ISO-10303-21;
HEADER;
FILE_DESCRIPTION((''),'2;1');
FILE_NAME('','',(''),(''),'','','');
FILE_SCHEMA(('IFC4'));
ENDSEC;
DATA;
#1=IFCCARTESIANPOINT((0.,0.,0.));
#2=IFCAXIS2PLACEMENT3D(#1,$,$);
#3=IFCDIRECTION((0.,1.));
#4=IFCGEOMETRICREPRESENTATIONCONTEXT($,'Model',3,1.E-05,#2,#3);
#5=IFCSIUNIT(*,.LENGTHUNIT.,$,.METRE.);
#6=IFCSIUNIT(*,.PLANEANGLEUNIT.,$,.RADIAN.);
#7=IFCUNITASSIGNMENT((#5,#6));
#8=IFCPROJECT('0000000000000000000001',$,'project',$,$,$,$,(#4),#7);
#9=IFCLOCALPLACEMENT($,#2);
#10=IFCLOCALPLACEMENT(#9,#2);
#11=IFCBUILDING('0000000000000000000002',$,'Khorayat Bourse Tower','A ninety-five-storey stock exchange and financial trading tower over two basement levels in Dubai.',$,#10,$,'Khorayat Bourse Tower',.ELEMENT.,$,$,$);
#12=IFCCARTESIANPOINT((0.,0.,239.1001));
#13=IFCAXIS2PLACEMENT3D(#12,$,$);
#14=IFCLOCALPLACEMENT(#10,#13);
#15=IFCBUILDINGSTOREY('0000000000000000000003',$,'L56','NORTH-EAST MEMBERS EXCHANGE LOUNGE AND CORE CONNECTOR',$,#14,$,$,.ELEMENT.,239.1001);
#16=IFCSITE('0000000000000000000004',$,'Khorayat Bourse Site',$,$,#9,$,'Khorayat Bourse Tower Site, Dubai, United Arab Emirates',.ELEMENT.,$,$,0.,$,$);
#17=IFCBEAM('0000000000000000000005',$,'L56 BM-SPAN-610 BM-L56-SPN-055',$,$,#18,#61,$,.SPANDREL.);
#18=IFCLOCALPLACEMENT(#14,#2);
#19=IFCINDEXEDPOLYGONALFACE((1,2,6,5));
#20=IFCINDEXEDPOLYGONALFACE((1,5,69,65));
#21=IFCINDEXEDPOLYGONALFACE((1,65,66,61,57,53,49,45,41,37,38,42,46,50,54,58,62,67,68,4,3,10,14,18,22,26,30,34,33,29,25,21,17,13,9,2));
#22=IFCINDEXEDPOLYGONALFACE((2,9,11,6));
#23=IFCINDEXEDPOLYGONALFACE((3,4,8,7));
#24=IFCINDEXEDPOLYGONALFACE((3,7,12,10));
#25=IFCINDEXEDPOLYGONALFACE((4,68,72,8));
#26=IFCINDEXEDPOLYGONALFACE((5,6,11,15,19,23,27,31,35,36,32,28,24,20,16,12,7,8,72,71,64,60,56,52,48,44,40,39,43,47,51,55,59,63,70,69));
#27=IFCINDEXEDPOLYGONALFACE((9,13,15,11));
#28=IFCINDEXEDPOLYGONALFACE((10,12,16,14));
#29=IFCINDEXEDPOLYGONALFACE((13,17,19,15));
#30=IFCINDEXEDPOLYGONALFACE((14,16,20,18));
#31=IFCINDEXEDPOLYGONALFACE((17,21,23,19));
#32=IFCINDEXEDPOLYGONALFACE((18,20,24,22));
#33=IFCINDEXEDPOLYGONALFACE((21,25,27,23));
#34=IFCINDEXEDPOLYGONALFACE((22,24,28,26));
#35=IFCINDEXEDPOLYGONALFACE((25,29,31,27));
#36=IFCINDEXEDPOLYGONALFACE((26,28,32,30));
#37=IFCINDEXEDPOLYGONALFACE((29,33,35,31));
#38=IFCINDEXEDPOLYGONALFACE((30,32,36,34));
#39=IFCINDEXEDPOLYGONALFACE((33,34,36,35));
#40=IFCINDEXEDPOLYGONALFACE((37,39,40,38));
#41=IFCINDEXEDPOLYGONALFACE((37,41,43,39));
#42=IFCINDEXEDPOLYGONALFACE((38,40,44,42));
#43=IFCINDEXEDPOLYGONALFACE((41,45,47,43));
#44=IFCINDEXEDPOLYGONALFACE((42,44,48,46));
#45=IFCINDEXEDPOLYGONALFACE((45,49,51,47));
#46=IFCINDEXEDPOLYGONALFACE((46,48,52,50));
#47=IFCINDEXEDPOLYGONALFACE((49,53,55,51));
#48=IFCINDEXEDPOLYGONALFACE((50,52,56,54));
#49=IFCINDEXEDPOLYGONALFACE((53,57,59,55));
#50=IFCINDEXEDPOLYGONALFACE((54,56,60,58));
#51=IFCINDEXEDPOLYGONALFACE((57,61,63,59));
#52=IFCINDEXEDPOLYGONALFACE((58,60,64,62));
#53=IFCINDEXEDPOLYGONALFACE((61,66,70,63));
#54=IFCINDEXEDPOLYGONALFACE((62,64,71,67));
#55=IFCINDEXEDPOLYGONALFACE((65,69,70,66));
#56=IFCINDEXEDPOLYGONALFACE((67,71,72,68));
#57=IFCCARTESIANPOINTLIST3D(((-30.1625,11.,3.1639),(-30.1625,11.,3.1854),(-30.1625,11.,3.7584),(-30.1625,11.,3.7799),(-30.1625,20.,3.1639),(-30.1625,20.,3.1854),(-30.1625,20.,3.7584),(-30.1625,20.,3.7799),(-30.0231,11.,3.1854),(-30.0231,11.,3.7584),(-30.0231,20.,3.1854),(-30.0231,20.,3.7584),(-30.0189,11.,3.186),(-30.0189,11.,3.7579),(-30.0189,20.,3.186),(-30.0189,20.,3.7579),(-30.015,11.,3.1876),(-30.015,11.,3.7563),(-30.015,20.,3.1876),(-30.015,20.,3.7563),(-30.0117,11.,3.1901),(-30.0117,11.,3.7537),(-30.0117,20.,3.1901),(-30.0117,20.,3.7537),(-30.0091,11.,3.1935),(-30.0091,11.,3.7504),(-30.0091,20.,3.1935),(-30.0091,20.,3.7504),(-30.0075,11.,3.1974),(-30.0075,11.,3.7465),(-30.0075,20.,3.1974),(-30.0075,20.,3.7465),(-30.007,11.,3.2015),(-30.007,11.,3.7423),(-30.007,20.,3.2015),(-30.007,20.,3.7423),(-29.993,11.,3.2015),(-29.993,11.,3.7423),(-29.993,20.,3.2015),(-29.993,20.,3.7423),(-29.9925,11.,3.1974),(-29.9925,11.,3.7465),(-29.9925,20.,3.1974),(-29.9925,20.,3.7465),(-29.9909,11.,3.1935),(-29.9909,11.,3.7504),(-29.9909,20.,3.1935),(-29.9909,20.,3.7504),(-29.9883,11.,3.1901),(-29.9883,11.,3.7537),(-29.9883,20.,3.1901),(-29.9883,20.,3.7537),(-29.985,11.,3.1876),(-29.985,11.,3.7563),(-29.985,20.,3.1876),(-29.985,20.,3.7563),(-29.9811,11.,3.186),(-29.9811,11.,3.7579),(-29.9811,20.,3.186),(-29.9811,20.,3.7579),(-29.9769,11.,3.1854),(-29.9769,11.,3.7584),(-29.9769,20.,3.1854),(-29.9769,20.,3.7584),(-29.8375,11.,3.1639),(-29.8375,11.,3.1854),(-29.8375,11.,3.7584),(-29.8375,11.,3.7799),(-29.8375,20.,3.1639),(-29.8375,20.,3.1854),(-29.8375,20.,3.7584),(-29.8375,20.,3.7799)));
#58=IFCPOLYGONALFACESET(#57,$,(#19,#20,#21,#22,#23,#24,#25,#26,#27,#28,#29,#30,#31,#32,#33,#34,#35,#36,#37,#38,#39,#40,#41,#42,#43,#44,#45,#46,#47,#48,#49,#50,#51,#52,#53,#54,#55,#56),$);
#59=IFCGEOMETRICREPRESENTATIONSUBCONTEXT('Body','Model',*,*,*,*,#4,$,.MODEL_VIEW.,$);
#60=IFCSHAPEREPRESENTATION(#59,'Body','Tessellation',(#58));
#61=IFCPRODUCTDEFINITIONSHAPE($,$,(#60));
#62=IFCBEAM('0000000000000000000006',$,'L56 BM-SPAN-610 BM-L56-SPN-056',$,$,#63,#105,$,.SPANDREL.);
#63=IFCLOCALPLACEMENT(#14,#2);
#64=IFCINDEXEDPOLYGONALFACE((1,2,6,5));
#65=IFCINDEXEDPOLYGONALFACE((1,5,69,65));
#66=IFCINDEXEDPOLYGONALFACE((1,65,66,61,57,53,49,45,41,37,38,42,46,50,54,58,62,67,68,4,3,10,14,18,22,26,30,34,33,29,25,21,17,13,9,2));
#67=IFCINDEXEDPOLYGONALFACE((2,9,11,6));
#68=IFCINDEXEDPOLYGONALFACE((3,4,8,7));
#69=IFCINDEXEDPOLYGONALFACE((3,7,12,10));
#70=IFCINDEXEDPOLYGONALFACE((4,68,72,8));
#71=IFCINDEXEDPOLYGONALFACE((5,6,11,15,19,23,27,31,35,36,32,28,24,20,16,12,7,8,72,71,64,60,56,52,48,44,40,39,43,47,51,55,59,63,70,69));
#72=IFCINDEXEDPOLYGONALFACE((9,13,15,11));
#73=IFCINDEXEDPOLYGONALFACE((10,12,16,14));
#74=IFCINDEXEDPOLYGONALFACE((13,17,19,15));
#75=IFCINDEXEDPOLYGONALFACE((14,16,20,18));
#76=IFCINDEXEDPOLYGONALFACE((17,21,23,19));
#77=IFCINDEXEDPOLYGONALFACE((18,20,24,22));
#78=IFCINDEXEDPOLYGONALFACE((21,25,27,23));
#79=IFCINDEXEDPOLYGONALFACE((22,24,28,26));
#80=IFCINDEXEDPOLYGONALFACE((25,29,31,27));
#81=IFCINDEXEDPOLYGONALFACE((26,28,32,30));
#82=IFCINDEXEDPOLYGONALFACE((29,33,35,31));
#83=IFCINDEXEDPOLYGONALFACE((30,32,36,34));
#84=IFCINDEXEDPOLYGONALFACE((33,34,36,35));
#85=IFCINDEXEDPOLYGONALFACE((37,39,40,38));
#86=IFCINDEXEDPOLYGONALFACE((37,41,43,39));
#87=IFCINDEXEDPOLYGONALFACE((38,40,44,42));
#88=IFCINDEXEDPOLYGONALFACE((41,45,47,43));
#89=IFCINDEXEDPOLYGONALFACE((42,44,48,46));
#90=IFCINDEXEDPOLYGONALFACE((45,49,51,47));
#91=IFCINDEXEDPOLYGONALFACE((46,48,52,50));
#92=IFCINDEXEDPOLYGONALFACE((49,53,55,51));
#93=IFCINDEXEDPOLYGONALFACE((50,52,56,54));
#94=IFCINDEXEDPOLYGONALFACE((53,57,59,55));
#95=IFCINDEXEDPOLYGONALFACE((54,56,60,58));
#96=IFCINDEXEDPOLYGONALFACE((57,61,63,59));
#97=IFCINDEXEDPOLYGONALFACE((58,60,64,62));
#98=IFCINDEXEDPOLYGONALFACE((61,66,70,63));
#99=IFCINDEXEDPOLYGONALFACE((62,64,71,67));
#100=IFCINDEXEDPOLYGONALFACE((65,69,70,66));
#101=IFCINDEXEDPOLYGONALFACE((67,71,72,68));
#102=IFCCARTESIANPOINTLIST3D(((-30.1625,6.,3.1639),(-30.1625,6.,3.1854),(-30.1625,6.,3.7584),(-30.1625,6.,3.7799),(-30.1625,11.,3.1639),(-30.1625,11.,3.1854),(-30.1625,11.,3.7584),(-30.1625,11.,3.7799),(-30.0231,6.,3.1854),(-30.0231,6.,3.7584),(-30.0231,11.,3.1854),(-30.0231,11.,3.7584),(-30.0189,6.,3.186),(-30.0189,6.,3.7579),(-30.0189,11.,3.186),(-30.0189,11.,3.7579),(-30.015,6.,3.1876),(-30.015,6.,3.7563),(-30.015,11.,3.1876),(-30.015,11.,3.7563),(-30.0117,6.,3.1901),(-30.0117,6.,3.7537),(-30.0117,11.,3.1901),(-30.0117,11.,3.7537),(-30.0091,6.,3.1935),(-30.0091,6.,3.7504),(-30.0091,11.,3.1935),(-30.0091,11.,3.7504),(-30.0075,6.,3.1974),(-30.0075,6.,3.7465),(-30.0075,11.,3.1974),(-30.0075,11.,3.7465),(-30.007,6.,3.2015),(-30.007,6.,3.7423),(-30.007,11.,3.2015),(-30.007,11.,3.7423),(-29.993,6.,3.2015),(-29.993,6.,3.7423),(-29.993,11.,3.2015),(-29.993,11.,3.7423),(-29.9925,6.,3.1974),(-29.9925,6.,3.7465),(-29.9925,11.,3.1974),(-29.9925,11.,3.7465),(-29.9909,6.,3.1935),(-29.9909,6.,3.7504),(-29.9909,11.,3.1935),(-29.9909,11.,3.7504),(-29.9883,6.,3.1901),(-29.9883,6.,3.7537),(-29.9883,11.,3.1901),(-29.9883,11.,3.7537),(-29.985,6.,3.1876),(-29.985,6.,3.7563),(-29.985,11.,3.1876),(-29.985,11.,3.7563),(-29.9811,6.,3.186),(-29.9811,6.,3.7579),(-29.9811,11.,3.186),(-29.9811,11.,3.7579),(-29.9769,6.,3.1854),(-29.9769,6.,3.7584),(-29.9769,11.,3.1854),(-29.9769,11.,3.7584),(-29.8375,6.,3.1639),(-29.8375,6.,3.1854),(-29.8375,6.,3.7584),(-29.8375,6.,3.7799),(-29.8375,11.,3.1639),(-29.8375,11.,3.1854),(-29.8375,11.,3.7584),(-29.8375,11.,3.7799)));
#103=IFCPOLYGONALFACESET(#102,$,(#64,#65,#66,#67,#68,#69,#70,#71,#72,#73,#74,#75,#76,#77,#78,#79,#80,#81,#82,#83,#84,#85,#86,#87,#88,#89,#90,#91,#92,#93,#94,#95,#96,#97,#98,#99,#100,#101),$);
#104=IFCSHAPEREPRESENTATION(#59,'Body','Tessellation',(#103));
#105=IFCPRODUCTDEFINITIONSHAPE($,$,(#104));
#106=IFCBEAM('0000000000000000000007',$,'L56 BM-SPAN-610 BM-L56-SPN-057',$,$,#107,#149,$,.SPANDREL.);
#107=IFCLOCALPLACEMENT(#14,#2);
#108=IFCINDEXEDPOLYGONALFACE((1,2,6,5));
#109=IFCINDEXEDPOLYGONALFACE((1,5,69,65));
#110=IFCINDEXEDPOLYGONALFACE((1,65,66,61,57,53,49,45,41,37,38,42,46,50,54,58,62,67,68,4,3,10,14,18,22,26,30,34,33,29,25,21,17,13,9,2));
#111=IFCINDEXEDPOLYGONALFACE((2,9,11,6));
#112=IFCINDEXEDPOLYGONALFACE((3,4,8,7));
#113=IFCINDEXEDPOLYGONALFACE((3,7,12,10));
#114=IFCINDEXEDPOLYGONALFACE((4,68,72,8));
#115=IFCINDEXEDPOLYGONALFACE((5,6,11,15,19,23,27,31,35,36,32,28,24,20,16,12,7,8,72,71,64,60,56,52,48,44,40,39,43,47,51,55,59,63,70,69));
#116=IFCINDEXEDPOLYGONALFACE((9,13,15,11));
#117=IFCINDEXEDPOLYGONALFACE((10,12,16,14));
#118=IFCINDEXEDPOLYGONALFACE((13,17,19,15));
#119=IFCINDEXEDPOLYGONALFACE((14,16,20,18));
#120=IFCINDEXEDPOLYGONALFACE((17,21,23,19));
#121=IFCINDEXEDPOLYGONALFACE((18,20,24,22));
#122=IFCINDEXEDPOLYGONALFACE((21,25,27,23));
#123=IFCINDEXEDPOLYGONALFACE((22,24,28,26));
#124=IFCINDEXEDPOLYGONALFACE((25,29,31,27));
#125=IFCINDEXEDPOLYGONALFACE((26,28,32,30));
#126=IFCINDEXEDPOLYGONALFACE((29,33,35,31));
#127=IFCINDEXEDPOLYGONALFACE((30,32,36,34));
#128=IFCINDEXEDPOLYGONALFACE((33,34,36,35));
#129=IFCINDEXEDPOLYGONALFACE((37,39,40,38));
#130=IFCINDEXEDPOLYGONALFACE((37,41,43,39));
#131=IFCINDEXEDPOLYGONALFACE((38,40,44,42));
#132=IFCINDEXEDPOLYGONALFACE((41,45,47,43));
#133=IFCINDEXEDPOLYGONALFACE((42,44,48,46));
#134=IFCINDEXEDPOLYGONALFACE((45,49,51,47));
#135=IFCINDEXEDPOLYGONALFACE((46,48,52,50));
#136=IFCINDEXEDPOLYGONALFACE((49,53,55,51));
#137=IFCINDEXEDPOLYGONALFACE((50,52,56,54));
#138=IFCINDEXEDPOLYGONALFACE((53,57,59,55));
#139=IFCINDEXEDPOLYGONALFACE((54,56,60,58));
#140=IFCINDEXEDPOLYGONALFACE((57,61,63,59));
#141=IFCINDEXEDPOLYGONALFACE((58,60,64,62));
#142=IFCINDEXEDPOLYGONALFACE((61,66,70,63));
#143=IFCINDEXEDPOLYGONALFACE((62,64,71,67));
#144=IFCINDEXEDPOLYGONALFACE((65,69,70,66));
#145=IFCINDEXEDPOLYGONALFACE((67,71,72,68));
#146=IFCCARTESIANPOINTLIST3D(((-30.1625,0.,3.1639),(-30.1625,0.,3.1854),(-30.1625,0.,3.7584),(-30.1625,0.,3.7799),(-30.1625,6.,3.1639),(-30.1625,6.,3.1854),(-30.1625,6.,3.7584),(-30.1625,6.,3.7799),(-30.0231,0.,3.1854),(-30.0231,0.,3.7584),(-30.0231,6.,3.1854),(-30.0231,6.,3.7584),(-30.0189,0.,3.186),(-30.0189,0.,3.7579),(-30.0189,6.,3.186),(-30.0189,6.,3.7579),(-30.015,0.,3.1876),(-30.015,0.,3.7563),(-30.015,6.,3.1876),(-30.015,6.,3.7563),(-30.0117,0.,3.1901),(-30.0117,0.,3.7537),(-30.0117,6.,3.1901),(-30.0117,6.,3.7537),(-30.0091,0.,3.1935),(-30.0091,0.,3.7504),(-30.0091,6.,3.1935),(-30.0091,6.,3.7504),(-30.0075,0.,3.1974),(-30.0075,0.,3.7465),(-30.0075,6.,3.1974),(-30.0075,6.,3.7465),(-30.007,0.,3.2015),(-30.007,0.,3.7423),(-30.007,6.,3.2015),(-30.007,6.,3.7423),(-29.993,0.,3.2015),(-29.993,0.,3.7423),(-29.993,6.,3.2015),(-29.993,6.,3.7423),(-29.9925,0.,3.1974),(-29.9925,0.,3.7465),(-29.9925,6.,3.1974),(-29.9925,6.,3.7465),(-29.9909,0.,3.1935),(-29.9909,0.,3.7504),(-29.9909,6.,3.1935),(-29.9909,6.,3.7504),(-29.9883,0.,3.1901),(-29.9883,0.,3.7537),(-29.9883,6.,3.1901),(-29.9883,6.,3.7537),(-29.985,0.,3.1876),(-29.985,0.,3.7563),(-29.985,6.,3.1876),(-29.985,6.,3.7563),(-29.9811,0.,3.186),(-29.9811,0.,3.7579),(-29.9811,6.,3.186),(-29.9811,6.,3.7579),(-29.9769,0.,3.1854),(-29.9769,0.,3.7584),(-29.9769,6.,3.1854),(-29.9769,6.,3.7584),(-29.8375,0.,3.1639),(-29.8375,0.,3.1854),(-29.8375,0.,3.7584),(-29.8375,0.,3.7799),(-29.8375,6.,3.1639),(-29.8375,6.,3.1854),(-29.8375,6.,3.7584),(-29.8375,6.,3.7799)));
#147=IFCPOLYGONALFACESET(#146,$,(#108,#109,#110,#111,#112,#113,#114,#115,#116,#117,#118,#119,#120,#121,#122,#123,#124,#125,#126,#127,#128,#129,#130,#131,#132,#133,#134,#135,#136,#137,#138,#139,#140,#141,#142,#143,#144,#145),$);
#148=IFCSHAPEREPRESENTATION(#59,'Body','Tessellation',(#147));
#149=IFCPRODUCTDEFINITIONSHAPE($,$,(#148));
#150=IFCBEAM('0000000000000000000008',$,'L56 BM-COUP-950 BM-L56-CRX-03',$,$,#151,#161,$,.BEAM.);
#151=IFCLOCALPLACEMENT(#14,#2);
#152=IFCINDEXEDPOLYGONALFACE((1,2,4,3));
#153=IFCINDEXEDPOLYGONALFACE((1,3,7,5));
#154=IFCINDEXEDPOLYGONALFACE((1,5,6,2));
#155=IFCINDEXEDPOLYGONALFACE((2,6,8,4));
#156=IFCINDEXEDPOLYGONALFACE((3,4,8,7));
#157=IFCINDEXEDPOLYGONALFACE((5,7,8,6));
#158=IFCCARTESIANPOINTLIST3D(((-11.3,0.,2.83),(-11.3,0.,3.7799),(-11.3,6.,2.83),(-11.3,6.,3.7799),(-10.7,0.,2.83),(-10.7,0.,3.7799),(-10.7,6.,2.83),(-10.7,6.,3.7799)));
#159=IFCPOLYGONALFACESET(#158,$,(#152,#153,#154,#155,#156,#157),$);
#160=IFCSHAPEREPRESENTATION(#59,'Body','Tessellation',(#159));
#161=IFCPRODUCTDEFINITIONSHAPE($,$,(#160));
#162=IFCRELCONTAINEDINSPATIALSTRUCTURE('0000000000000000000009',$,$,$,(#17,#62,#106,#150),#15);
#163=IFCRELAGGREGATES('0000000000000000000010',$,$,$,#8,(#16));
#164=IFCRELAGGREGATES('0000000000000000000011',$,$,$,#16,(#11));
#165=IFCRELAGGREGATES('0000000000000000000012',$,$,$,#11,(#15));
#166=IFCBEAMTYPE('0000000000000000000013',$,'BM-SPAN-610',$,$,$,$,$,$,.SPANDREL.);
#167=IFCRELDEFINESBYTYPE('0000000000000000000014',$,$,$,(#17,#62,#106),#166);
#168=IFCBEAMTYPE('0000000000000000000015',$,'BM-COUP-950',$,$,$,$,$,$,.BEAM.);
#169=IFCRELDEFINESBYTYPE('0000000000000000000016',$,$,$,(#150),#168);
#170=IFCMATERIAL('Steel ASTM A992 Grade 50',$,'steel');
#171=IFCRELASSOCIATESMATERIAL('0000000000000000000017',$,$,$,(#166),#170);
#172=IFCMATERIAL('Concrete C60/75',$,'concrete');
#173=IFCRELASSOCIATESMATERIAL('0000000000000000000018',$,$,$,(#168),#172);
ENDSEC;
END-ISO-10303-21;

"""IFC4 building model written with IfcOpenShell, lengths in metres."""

from ifc_helpers import new_model, si_unit, direction, frame, origin, origin_2d, place, context, subcontext, project, spatial, rectangle, i_section, extrude, source, transform, mapped, material, material_profile, profile_set, type_object, element, save


model = new_model("IFC4")

# Units and contexts
model_context = context("Model", 3, precision=1e-05, world=origin(), true_north=direction((0.0, 1.0)))
body_context = subcontext(model_context, "Body", "Model", "MODEL_VIEW")
ifc_project = project(units=[si_unit("LENGTHUNIT", "METRE"), si_unit("PLANEANGLEUNIT", "RADIAN")], contexts=[model_context])

# Site, building, storey
site_placement = place(None, origin())
site = spatial("IfcSite", under=ifc_project, at=site_placement, Name="Khorayat Bourse Site", LongName="Khorayat Bourse Tower Site, Dubai, United Arab Emirates", CompositionType="ELEMENT", RefElevation=0.0)
building_placement = place(site_placement, origin())
building = spatial("IfcBuilding", under=site, at=building_placement, Name="Khorayat Bourse Tower", Description="A ninety-five-storey stock exchange and financial trading tower over two basement levels in Dubai.", LongName="Khorayat Bourse Tower", CompositionType="ELEMENT")
storey_placement = place(building_placement, frame((0.0, 0.0, 239.1001)))
storey = spatial("IfcBuildingStorey", under=building, at=storey_placement, Name="L56", Description="NORTH-EAST MEMBERS EXCHANGE LOUNGE AND CORE CONNECTOR", CompositionType="ELEMENT", Elevation=239.1001)

# Shared definitions
ifc_material_1 = material(Name="Concrete C60/75", Category="concrete")

# Beams
ifc_material_2 = material(Name="Steel ASTM A992 Grade 50", Category="steel")
ifc_material_profile_1 = material_profile(ifc_material_2, i_section(OverallWidth=0.325, OverallDepth=0.616, WebThickness=0.0139, FlangeThickness=0.0215, FilletRadius=0.0161, at=origin_2d()), Name="W610X174")
ifc_profile_set_1 = profile_set([ifc_material_profile_1], Name="Steel ASTM A992 Grade 50")
beam_type_1 = type_object("IfcBeamType", Name="BM-SPAN-610", PredefinedType="SPANDREL", material=ifc_profile_set_1)
shared_shape_1 = source(origin(), body_context, "Body", "SweptSolid", [
    extrude(i_section(OverallWidth=0.325, OverallDepth=0.616, WebThickness=0.0139, FlangeThickness=0.0215, FilletRadius=0.0161, at=origin_2d()), origin(), (0.0, 0.0, 1.0), 9.0),
])
beam_1_placement = place(storey_placement, frame((-30.0, 11.0, 3.4719), z_axis=(0.0, 1.0, 0.0), x_axis=(-1.0, 0.0, 0.0)))
element("IfcBeam", 1, at=beam_1_placement, inside=storey, type_object=beam_type_1, Name="L56 BM-SPAN-610 BM-L56-SPN-055", PredefinedType="SPANDREL", context=body_context, shape_type="MappedRepresentation", body=[
    mapped(shared_shape_1, transform((0.0, 0.0, 0.0), scale=1.0)),
])
shared_shape_2 = source(origin(), body_context, "Body", "SweptSolid", [
    extrude(i_section(OverallWidth=0.325, OverallDepth=0.616, WebThickness=0.0139, FlangeThickness=0.0215, FilletRadius=0.0161, at=origin_2d()), origin(), (0.0, 0.0, 1.0), 5.0),
])
beam_2_placement = place(storey_placement, frame((-30.0, 6.0, 3.4719), z_axis=(0.0, 1.0, 0.0), x_axis=(-1.0, 0.0, 0.0)))
element("IfcBeam", 2, at=beam_2_placement, inside=storey, type_object=beam_type_1, Name="L56 BM-SPAN-610 BM-L56-SPN-056", PredefinedType="SPANDREL", context=body_context, shape_type="MappedRepresentation", body=[
    mapped(shared_shape_2, transform((0.0, 0.0, 0.0), scale=1.0)),
])
shared_shape_3 = source(origin(), body_context, "Body", "SweptSolid", [
    extrude(i_section(OverallWidth=0.325, OverallDepth=0.616, WebThickness=0.0139, FlangeThickness=0.0215, FilletRadius=0.0161, at=origin_2d()), origin(), (0.0, 0.0, 1.0), 6.0),
])
beam_3_placement = place(storey_placement, frame((-30.0, 0.0, 3.4719), z_axis=(0.0, 1.0, 0.0), x_axis=(-1.0, 0.0, 0.0)))
element("IfcBeam", 3, at=beam_3_placement, inside=storey, type_object=beam_type_1, Name="L56 BM-SPAN-610 BM-L56-SPN-057", PredefinedType="SPANDREL", context=body_context, shape_type="MappedRepresentation", body=[
    mapped(shared_shape_3, transform((0.0, 0.0, 0.0), scale=1.0)),
])
ifc_material_profile_2 = material_profile(ifc_material_1, rectangle(XDim=0.6001, YDim=0.95, at=origin_2d()), Name="RC 600x950")
ifc_profile_set_2 = profile_set([ifc_material_profile_2], Name="Concrete C60/75")
beam_type_2 = type_object("IfcBeamType", Name="BM-COUP-950", PredefinedType="BEAM", material=ifc_profile_set_2)
shared_shape_4 = source(origin(), body_context, "Body", "SweptSolid", [
    extrude(rectangle(XDim=0.6001, YDim=0.95, at=origin_2d()), origin(), (0.0, 0.0, 1.0), 6.0),
])
beam_4_placement = place(storey_placement, frame((-11.0, 0.0, 3.3049), z_axis=(0.0, 1.0, 0.0), x_axis=(-1.0, 0.0, 0.0)))
element("IfcBeam", 4, at=beam_4_placement, inside=storey, type_object=beam_type_2, Name="L56 BM-COUP-950 BM-L56-CRX-03", PredefinedType="BEAM", context=body_context, shape_type="MappedRepresentation", body=[
    mapped(shared_shape_4, transform((0.0, 0.0, 0.0), scale=1.0)),
])

save(model, "model.ifc")
